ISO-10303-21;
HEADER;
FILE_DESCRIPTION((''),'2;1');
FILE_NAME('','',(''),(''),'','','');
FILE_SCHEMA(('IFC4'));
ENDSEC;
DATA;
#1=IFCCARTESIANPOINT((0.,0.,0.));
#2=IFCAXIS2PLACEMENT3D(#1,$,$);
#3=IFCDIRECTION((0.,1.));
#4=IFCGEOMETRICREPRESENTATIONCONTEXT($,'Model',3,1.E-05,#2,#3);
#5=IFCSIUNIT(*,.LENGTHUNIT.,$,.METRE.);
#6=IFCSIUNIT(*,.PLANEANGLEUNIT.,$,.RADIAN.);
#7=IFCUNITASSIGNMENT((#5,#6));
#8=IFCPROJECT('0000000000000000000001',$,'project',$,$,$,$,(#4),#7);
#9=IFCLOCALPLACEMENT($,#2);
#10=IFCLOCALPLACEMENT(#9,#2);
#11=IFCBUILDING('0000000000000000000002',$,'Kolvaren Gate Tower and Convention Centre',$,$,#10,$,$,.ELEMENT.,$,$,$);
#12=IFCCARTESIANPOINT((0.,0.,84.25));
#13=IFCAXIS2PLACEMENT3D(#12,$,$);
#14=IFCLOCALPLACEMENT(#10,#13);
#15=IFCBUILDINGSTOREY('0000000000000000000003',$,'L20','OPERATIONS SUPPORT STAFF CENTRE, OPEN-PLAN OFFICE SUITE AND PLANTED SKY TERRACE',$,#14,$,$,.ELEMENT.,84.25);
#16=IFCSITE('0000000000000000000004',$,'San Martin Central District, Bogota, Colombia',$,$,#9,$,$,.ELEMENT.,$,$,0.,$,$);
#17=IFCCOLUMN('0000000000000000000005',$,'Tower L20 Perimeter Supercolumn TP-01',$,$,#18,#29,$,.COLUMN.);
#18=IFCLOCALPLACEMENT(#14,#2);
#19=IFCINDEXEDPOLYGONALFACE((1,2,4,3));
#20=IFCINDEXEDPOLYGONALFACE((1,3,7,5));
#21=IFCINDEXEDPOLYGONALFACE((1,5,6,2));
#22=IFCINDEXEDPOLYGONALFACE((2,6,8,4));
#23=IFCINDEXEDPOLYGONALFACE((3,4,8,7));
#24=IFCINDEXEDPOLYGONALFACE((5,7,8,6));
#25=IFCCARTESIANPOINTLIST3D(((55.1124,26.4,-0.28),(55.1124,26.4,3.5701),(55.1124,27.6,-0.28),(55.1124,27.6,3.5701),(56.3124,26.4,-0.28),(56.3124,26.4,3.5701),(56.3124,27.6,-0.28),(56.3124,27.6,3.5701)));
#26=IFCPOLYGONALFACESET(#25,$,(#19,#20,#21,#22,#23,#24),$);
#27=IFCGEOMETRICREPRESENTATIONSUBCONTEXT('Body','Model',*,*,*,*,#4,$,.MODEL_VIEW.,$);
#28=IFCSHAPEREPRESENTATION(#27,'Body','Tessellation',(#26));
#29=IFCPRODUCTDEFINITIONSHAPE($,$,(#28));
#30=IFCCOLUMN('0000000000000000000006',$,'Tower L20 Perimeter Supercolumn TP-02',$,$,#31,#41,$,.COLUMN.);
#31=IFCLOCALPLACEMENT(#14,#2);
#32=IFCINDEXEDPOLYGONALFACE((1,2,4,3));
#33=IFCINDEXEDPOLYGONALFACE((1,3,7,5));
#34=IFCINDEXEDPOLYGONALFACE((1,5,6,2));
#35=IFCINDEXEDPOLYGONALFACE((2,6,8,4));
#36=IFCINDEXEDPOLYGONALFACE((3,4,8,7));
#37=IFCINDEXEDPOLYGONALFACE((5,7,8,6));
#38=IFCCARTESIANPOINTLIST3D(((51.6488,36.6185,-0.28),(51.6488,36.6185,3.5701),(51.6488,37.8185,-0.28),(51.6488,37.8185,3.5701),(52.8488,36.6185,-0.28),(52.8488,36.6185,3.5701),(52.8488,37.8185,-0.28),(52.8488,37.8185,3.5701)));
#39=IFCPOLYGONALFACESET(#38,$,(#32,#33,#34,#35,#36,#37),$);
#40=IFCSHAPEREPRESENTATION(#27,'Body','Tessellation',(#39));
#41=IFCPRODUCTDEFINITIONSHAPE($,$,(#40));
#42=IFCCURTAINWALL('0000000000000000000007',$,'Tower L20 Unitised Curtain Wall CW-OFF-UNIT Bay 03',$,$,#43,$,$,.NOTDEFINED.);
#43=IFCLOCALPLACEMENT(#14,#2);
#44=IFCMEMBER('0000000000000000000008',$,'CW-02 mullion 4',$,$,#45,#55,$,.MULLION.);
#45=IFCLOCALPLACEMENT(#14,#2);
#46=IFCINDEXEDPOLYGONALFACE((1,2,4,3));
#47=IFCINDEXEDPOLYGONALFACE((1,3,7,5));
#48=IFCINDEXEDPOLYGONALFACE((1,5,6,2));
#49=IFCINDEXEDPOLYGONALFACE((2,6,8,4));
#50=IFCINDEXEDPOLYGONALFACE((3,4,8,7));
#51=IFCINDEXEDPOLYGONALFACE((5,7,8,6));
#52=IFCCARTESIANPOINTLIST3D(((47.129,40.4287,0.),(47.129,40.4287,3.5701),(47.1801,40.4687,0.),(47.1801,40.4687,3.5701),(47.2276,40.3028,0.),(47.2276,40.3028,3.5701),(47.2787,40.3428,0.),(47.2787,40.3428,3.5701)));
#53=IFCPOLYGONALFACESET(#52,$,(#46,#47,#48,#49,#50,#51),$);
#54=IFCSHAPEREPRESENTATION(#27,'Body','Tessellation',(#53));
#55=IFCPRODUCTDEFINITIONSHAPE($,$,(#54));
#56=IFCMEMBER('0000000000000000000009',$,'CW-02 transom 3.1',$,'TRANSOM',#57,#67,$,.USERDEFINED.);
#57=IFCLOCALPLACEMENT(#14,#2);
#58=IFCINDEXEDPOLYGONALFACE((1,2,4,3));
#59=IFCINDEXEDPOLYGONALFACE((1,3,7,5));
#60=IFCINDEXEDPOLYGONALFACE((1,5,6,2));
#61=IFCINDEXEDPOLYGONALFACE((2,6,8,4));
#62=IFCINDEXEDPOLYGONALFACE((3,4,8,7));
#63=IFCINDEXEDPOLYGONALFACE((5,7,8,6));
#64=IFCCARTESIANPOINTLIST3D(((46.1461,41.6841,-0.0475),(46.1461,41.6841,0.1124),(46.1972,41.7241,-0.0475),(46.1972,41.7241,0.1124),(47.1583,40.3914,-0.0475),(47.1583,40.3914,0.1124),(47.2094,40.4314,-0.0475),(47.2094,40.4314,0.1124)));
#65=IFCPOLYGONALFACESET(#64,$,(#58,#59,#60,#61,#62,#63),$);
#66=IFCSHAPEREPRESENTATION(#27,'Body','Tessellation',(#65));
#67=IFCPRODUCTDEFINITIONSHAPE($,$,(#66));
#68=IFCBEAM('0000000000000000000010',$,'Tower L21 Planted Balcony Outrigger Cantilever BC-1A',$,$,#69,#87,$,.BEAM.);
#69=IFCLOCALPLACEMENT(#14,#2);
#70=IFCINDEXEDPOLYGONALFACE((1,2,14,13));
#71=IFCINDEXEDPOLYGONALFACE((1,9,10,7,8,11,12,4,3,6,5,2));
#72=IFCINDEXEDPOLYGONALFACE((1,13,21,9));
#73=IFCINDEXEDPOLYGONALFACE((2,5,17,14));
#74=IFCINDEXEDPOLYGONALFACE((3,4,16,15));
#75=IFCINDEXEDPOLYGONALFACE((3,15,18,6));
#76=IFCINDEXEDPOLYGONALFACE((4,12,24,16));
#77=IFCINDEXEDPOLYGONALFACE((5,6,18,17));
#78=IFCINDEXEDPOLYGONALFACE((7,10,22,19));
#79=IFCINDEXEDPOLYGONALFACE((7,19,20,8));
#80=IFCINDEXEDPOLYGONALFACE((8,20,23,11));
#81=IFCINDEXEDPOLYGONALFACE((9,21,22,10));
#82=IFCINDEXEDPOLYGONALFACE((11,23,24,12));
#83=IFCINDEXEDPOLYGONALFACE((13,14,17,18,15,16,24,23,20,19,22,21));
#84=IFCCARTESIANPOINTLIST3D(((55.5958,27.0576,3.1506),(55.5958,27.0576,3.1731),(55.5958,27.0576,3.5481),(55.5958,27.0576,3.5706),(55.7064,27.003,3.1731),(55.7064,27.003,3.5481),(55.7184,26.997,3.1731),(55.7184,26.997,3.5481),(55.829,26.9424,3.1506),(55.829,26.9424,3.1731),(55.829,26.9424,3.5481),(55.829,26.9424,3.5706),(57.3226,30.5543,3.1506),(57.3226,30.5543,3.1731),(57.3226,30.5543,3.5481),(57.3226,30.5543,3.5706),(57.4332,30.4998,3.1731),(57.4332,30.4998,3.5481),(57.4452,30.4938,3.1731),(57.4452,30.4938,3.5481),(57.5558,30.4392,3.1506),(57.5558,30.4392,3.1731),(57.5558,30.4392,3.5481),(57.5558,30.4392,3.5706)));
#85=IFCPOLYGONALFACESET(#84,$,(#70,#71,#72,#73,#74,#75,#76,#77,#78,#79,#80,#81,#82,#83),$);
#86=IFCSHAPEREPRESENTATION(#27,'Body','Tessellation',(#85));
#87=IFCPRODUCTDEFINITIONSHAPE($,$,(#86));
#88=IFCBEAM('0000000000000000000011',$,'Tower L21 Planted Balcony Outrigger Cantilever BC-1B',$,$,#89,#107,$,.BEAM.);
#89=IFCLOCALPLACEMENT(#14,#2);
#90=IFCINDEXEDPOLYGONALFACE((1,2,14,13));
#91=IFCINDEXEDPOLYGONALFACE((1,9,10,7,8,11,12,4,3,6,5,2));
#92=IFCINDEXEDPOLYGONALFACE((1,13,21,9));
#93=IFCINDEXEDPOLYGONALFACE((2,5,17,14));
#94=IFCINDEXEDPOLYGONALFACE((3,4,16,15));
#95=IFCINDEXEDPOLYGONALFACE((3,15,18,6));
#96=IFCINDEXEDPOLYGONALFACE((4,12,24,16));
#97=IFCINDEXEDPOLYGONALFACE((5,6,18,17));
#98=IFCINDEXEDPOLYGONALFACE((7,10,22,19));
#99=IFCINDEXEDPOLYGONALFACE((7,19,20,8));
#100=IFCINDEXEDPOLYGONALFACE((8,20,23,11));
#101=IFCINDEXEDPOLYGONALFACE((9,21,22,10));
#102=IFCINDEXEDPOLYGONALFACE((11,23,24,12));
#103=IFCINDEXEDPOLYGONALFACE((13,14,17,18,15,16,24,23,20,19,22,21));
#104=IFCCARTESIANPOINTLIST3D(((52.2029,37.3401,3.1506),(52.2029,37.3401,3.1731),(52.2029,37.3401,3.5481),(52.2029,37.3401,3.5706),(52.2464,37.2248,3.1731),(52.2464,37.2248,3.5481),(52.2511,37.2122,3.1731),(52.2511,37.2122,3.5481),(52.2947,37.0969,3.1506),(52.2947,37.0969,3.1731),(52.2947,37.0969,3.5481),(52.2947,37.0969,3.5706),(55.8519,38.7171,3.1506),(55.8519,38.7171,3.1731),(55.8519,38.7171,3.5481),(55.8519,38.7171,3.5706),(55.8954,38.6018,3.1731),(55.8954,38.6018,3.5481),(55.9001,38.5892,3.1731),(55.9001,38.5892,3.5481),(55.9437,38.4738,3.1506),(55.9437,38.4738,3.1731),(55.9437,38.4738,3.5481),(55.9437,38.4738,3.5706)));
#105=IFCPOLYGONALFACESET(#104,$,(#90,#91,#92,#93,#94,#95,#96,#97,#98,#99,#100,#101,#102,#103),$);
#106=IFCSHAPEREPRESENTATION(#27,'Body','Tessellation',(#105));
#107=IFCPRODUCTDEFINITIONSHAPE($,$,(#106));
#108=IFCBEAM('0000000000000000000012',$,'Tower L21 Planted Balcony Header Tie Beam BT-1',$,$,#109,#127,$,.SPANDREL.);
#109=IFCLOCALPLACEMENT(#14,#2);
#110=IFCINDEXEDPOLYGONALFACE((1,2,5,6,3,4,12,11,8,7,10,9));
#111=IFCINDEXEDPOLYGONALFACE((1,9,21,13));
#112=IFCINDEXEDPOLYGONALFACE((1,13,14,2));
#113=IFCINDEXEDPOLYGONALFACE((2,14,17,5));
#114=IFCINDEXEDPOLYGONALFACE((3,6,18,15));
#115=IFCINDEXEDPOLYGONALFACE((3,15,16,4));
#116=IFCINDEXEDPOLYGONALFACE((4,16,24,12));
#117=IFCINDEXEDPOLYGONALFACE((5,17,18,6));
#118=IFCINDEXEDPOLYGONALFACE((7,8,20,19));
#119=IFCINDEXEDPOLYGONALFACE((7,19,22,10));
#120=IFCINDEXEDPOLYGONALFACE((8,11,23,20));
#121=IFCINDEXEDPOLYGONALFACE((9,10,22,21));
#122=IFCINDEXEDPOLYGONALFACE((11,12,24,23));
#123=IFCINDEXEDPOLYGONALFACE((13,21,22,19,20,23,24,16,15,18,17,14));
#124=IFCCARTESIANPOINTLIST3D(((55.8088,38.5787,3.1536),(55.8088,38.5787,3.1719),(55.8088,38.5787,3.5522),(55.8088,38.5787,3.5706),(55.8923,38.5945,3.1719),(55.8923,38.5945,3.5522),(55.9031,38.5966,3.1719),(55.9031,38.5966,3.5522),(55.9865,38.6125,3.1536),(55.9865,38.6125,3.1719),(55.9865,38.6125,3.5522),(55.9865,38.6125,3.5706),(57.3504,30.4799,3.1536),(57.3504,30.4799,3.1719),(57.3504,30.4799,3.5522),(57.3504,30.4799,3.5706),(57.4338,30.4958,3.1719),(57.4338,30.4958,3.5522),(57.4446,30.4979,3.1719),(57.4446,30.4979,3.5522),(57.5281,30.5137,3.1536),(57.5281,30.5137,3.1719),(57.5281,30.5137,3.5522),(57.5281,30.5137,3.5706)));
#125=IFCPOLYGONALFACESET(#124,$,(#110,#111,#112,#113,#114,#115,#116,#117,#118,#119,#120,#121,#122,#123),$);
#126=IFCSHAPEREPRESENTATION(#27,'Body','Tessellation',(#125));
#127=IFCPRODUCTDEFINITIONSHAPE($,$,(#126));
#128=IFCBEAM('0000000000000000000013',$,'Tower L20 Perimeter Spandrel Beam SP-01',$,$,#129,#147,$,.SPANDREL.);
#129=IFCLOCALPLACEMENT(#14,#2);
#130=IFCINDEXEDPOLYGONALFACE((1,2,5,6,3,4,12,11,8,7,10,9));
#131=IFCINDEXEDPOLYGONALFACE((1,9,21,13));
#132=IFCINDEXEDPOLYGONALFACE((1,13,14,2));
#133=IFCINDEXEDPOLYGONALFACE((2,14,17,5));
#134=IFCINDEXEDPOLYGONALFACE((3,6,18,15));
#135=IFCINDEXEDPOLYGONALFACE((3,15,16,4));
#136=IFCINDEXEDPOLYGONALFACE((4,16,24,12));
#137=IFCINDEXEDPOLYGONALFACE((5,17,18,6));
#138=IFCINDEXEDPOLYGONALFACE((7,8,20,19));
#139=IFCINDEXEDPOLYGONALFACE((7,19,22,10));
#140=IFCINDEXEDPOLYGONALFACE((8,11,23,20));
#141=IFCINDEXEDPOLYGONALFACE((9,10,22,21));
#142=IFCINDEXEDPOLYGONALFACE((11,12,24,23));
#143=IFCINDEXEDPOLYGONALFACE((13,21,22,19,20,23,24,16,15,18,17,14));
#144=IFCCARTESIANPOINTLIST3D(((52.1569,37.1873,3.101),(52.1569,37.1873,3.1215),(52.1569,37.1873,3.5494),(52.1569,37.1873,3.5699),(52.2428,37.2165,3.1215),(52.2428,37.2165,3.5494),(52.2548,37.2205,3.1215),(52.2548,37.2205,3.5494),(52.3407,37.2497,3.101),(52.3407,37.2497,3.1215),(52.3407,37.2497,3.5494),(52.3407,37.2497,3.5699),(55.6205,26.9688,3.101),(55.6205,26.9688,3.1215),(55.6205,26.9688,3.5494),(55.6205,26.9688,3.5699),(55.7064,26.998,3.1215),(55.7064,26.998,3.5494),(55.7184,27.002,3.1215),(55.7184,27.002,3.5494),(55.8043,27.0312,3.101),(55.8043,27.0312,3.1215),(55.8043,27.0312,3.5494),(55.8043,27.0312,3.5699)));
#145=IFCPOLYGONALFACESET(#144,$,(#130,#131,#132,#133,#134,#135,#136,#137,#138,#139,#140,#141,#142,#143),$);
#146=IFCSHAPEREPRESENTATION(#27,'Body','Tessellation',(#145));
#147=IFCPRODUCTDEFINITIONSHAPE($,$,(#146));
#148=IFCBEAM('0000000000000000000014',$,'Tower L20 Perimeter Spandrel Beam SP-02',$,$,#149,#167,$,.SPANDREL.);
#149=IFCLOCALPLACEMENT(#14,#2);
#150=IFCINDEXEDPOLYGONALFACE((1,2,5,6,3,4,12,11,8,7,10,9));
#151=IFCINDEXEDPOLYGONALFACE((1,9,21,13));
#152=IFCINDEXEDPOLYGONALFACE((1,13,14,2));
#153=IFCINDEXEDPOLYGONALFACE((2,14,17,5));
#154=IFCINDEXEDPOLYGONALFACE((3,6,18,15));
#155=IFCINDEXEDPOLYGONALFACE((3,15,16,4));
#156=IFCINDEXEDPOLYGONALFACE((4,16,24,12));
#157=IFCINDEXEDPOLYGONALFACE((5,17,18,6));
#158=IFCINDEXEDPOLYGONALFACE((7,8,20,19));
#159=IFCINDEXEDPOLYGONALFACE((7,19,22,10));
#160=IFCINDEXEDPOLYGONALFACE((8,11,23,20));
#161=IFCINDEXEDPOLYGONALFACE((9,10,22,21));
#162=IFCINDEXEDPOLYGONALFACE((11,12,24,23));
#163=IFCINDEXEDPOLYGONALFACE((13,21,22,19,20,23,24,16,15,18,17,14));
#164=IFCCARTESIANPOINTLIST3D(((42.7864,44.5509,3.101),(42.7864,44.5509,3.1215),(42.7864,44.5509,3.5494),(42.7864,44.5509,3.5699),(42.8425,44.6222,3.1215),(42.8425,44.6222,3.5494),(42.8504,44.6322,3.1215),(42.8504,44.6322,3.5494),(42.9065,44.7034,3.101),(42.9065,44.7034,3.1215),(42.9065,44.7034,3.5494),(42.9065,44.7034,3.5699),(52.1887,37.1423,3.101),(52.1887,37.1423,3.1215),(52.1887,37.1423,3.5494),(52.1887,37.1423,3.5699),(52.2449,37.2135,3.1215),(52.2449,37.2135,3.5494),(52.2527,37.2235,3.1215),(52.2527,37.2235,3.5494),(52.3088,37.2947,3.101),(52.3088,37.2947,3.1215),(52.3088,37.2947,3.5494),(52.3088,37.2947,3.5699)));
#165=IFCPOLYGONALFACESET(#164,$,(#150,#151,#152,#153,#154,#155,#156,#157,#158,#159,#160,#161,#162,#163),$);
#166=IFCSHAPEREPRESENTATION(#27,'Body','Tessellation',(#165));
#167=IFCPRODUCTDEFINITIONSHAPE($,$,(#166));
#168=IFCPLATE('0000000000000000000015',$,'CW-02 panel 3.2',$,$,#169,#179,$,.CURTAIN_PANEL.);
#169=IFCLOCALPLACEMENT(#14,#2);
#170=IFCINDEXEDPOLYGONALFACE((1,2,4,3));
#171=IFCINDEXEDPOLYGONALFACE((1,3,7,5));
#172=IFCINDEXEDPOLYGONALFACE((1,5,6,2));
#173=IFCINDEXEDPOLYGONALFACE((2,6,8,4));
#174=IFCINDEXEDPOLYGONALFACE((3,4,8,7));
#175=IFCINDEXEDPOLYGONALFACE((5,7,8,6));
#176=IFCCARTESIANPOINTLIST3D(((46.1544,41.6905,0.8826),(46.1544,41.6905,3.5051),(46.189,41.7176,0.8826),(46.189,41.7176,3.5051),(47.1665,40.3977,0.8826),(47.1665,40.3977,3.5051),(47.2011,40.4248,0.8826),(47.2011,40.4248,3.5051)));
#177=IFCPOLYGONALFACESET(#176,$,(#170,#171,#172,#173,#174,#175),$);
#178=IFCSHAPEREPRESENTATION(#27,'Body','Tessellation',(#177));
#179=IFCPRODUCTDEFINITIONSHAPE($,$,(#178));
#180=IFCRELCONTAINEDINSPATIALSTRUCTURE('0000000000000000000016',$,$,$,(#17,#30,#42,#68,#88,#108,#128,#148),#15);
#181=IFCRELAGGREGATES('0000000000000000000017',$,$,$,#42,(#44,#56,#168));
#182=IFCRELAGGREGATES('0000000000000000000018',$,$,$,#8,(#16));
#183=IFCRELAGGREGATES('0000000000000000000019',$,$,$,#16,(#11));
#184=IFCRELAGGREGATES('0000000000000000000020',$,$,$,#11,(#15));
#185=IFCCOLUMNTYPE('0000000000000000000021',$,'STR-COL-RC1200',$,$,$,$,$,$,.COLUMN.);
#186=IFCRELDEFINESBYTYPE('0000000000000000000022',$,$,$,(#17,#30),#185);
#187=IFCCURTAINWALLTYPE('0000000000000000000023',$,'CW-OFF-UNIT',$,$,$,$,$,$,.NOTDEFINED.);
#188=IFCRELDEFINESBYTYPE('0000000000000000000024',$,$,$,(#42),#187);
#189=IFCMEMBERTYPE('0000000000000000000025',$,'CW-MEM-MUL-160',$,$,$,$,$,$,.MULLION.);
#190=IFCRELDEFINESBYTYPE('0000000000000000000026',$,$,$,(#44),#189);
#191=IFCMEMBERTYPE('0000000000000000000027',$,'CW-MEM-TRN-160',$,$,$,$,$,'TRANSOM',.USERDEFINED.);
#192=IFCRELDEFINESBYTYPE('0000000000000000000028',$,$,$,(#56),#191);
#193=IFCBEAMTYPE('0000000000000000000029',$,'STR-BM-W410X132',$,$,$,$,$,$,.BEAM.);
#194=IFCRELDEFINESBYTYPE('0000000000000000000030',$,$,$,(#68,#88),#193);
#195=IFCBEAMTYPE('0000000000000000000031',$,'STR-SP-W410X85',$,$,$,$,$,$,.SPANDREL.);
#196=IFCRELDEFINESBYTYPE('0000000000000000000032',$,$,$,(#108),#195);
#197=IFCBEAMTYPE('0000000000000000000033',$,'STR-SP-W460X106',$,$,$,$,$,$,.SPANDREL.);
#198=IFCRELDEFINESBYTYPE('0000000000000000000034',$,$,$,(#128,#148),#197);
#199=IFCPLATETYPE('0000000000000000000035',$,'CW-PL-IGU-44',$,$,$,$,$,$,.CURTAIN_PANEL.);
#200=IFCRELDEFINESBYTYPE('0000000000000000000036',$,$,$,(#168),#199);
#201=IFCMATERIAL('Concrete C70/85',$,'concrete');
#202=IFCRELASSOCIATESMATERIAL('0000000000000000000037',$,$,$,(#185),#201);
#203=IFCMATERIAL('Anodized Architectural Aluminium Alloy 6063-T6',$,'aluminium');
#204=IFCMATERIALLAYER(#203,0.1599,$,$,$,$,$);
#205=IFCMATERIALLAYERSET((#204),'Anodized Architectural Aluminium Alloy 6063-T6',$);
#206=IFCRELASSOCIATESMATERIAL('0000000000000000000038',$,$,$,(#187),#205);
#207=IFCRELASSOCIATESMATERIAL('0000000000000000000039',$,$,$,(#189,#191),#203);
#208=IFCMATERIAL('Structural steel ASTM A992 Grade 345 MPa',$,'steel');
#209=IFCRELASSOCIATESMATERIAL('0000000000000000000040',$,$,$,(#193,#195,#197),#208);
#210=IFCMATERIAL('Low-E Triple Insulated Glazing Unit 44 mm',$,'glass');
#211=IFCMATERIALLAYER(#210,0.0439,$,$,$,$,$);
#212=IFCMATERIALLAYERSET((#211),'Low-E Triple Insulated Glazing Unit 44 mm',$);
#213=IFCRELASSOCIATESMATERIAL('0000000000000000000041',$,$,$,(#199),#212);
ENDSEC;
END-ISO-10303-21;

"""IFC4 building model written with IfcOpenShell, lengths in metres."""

from ifc_helpers import new_model, si_unit, direction, frame, origin, origin_2d, place, context, subcontext, project, spatial, rectangle, i_section, extrude, material, layer, layer_set, material_profile, profile_set, type_object, element, aggregate, save


model = new_model("IFC4")

# Units and contexts
model_context = context("Model", 3, precision=1e-05, world=origin(), true_north=direction((0.0, 1.0)))
body_context = subcontext(model_context, "Body", "Model", "MODEL_VIEW")
ifc_project = project(units=[si_unit("LENGTHUNIT", "METRE"), si_unit("PLANEANGLEUNIT", "RADIAN")], contexts=[model_context])

# Site, building, storey
site_placement = place(None, origin())
site = spatial("IfcSite", under=ifc_project, at=site_placement, Name="San Martin Central District, Bogota, Colombia", CompositionType="ELEMENT", RefElevation=0.0)
building_placement = place(site_placement, origin())
building = spatial("IfcBuilding", under=site, at=building_placement, Name="Kolvaren Gate Tower and Convention Centre", CompositionType="ELEMENT")
storey_placement = place(building_placement, frame((0.0, 0.0, 84.25)))
storey = spatial("IfcBuildingStorey", under=building, at=storey_placement, Name="L20", Description="OPERATIONS SUPPORT STAFF CENTRE, OPEN-PLAN OFFICE SUITE AND PLANTED SKY TERRACE", CompositionType="ELEMENT", Elevation=84.25)

# Columns
ifc_material_1 = material(Name="Concrete C70/85", Category="concrete")
ifc_material_profile_1 = material_profile(ifc_material_1, rectangle(XDim=1.2, YDim=1.2, at=origin_2d()), Name="RC-COL-1200X1200")
ifc_profile_set_1 = profile_set([ifc_material_profile_1], Name="Concrete C70/85")
column_type = type_object("IfcColumnType", Name="STR-COL-RC1200", PredefinedType="COLUMN", material=ifc_profile_set_1)
for number, where, z_axis, x_axis, name in (
    (1, (55.7124, 27.0, -0.28), (0.0, 0.0, 1.0), (1.0, 0.0, 0.0), "Tower L20 Perimeter Supercolumn TP-01"),
    (2, (52.2488, 37.2185, -0.28), (0.0, 0.0, 1.0), (1.0, 0.0, 0.0), "Tower L20 Perimeter Supercolumn TP-02"),
):
    element("IfcColumn", number, at=place(storey_placement, frame(where, z_axis=z_axis, x_axis=x_axis)), inside=storey, type_object=column_type, Name=name, PredefinedType="COLUMN", context=body_context, shape_type="SweptSolid", body=[
        extrude(rectangle(XDim=1.2, YDim=1.2, at=origin_2d()), origin(), (0.0, 0.0, 1.0), 3.8501),
    ])

# Curtain wall, members
ifc_material_2 = material(Name="Anodized Architectural Aluminium Alloy 6063-T6", Category="aluminium")
ifc_layer_1 = layer(ifc_material_2, 0.1599)
ifc_layer_set_1 = layer_set([ifc_layer_1], Name="Anodized Architectural Aluminium Alloy 6063-T6")
curtain_wall_type = type_object("IfcCurtainWallType", Name="CW-OFF-UNIT", PredefinedType="NOTDEFINED", material=ifc_layer_set_1)
curtain_wall_placement = place(storey_placement, origin())
curtain_wall = element("IfcCurtainWall", 3, at=curtain_wall_placement, inside=storey, type_object=curtain_wall_type, Name="Tower L20 Unitised Curtain Wall CW-OFF-UNIT Bay 03", PredefinedType="NOTDEFINED")
ifc_material_profile_2 = material_profile(ifc_material_2, rectangle(XDim=0.0649, YDim=0.1599, at=origin_2d()), Name="CW-MEM-MUL-160")
ifc_profile_set_2 = profile_set([ifc_material_profile_2], Name="Anodized Architectural Aluminium Alloy 6063-T6")
member_type_1 = type_object("IfcMemberType", Name="CW-MEM-MUL-160", PredefinedType="MULLION", material=ifc_profile_set_2)
member_1_placement = place(storey_placement, frame((47.2039, 40.3857, 0.0), z_axis=(0.0, 0.0, 1.0), x_axis=(0.787406, 0.616434, 0.0)))
member_1 = element("IfcMember", 4, at=member_1_placement, type_object=member_type_1, Name="CW-02 mullion 4", PredefinedType="MULLION", context=body_context, shape_type="SweptSolid", body=[
    extrude(rectangle(XDim=0.0649, YDim=0.1599, at=origin_2d()), origin(), (0.0, 0.0, 1.0), 3.5701),
])
ifc_material_profile_3 = material_profile(ifc_material_2, rectangle(XDim=0.0649, YDim=0.1599, at=origin_2d()), Name="CW-MEM-TRN-160")
ifc_profile_set_3 = profile_set([ifc_material_profile_3], Name="Anodized Architectural Aluminium Alloy 6063-T6")
member_type_2 = type_object("IfcMemberType", Name="CW-MEM-TRN-160", ElementType="TRANSOM", PredefinedType="USERDEFINED", material=ifc_profile_set_3)
member_2_placement = place(storey_placement, frame((46.1716, 41.7041, 0.0325), z_axis=(0.616501, -0.787354, 0.0), x_axis=(0.787354, 0.616501, 0.0)))
member_2 = element("IfcMember", 5, at=member_2_placement, type_object=member_type_2, Name="CW-02 transom 3.1", ObjectType="TRANSOM", PredefinedType="USERDEFINED", context=body_context, shape_type="SweptSolid", body=[
    extrude(rectangle(XDim=0.0649, YDim=0.1599, at=origin_2d()), origin(), (0.0, 0.0, 1.0), 1.6418),
])

# Beams
ifc_material_3 = material(Name="Structural steel ASTM A992 Grade 345 MPa", Category="steel")
ifc_material_profile_4 = material_profile(ifc_material_3, i_section(OverallWidth=0.26, OverallDepth=0.4199, WebThickness=0.0134, FlangeThickness=0.0225, at=origin_2d()), Name="W410X132")
ifc_profile_set_4 = profile_set([ifc_material_profile_4], Name="Structural steel ASTM A992 Grade 345 MPa")
beam_type_1 = type_object("IfcBeamType", Name="STR-BM-W410X132", PredefinedType="BEAM", material=ifc_profile_set_4)
beam_1_placement = place(storey_placement, frame((55.7124, 27.0, 3.3606), z_axis=(0.442776, 0.896632, 0.0), x_axis=(-0.896632, 0.442776, 0.0)))
element("IfcBeam", 6, at=beam_1_placement, inside=storey, type_object=beam_type_1, Name="Tower L21 Planted Balcony Outrigger Cantilever BC-1A", PredefinedType="BEAM", context=body_context, shape_type="SweptSolid", body=[
    extrude(i_section(OverallWidth=0.26, OverallDepth=0.4199, WebThickness=0.0134, FlangeThickness=0.0225, at=origin_2d()), origin(), (0.0, 0.0, 1.0), 3.8999),
])
beam_2_placement = place(storey_placement, frame((52.2488, 37.2185, 3.3606), z_axis=(0.935602, 0.353057, 0.0), x_axis=(-0.353057, 0.935602, 0.0)))
element("IfcBeam", 7, at=beam_2_placement, inside=storey, type_object=beam_type_1, Name="Tower L21 Planted Balcony Outrigger Cantilever BC-1B", PredefinedType="BEAM", context=body_context, shape_type="SweptSolid", body=[
    extrude(i_section(OverallWidth=0.26, OverallDepth=0.4199, WebThickness=0.0134, FlangeThickness=0.0225, at=origin_2d()), origin(), (0.0, 0.0, 1.0), 3.9001),
])
ifc_material_profile_5 = material_profile(ifc_material_3, i_section(OverallWidth=0.1809, OverallDepth=0.417, WebThickness=0.011, FlangeThickness=0.0183, at=origin_2d()), Name="W410X85")
ifc_profile_set_5 = profile_set([ifc_material_profile_5], Name="Structural steel ASTM A992 Grade 345 MPa")
beam_type_2 = type_object("IfcBeamType", Name="STR-SP-W410X85", PredefinedType="SPANDREL", material=ifc_profile_set_5)
beam_3_placement = place(storey_placement, frame((57.4392, 30.4968, 3.3621), z_axis=(-0.186984, 0.982363, 0.0), x_axis=(-0.982363, -0.186984, 0.0)))
element("IfcBeam", 8, at=beam_3_placement, inside=storey, type_object=beam_type_2, Name="Tower L21 Planted Balcony Header Tie Beam BT-1", PredefinedType="SPANDREL", context=body_context, shape_type="SweptSolid", body=[
    extrude(i_section(OverallWidth=0.1809, OverallDepth=0.417, WebThickness=0.011, FlangeThickness=0.0183, at=origin_2d()), origin(), (0.0, 0.0, 1.0), 8.2441),
])
ifc_material_profile_6 = material_profile(ifc_material_3, i_section(OverallWidth=0.1941, OverallDepth=0.469, WebThickness=0.0127, FlangeThickness=0.0205, at=origin_2d()), Name="W460X106")
ifc_profile_set_6 = profile_set([ifc_material_profile_6], Name="Structural steel ASTM A992 Grade 345 MPa")
beam_type_3 = type_object("IfcBeamType", Name="STR-SP-W460X106", PredefinedType="SPANDREL", material=ifc_profile_set_6)
beam_4_placement = place(storey_placement, frame((55.7124, 27.0, 3.3354), z_axis=(-0.321016, 0.947074, 0.0), x_axis=(-0.947074, -0.321016, 0.0)))
element("IfcBeam", 9, at=beam_4_placement, inside=storey, type_object=beam_type_3, Name="Tower L20 Perimeter Spandrel Beam SP-01", PredefinedType="SPANDREL", context=body_context, shape_type="SweptSolid", body=[
    extrude(i_section(OverallWidth=0.1941, OverallDepth=0.469, WebThickness=0.0127, FlangeThickness=0.0205, at=origin_2d()), origin(), (0.0, 0.0, 1.0), 10.7896),
])
beam_5_placement = place(storey_placement, frame((52.2488, 37.2185, 3.3354), z_axis=(-0.78546, 0.618913, 0.0), x_axis=(-0.618913, -0.78546, 0.0)))
element("IfcBeam", 10, at=beam_5_placement, inside=storey, type_object=beam_type_3, Name="Tower L20 Perimeter Spandrel Beam SP-02", PredefinedType="SPANDREL", context=body_context, shape_type="SweptSolid", body=[
    extrude(i_section(OverallWidth=0.1941, OverallDepth=0.469, WebThickness=0.0127, FlangeThickness=0.0205, at=origin_2d()), origin(), (0.0, 0.0, 1.0), 11.9705),
])

# Plate
ifc_material_4 = material(Name="Low-E Triple Insulated Glazing Unit 44 mm", Category="glass")
ifc_layer_2 = layer(ifc_material_4, 0.0439)
ifc_layer_set_2 = layer_set([ifc_layer_2], Name="Low-E Triple Insulated Glazing Unit 44 mm")
plate_type_1 = type_object("IfcPlateType", Name="CW-PL-IGU-44", PredefinedType="CURTAIN_PANEL", material=ifc_layer_set_2)
plate_1_placement = place(storey_placement, frame((46.6777, 41.0576, 0.8826), z_axis=(0.0, 0.0, 1.0), x_axis=(0.616434, -0.787406, 0.0)))
plate_1 = element("IfcPlate", 11, at=plate_1_placement, type_object=plate_type_1, Name="CW-02 panel 3.2", PredefinedType="CURTAIN_PANEL", context=body_context, shape_type="SweptSolid", body=[
    extrude(rectangle(XDim=1.6418, YDim=0.0439, at=origin_2d()), origin(), (0.0, 0.0, 1.0), 2.6226),
])
aggregate(curtain_wall, [member_1, member_2, plate_1])

save(model, "model.ifc")
